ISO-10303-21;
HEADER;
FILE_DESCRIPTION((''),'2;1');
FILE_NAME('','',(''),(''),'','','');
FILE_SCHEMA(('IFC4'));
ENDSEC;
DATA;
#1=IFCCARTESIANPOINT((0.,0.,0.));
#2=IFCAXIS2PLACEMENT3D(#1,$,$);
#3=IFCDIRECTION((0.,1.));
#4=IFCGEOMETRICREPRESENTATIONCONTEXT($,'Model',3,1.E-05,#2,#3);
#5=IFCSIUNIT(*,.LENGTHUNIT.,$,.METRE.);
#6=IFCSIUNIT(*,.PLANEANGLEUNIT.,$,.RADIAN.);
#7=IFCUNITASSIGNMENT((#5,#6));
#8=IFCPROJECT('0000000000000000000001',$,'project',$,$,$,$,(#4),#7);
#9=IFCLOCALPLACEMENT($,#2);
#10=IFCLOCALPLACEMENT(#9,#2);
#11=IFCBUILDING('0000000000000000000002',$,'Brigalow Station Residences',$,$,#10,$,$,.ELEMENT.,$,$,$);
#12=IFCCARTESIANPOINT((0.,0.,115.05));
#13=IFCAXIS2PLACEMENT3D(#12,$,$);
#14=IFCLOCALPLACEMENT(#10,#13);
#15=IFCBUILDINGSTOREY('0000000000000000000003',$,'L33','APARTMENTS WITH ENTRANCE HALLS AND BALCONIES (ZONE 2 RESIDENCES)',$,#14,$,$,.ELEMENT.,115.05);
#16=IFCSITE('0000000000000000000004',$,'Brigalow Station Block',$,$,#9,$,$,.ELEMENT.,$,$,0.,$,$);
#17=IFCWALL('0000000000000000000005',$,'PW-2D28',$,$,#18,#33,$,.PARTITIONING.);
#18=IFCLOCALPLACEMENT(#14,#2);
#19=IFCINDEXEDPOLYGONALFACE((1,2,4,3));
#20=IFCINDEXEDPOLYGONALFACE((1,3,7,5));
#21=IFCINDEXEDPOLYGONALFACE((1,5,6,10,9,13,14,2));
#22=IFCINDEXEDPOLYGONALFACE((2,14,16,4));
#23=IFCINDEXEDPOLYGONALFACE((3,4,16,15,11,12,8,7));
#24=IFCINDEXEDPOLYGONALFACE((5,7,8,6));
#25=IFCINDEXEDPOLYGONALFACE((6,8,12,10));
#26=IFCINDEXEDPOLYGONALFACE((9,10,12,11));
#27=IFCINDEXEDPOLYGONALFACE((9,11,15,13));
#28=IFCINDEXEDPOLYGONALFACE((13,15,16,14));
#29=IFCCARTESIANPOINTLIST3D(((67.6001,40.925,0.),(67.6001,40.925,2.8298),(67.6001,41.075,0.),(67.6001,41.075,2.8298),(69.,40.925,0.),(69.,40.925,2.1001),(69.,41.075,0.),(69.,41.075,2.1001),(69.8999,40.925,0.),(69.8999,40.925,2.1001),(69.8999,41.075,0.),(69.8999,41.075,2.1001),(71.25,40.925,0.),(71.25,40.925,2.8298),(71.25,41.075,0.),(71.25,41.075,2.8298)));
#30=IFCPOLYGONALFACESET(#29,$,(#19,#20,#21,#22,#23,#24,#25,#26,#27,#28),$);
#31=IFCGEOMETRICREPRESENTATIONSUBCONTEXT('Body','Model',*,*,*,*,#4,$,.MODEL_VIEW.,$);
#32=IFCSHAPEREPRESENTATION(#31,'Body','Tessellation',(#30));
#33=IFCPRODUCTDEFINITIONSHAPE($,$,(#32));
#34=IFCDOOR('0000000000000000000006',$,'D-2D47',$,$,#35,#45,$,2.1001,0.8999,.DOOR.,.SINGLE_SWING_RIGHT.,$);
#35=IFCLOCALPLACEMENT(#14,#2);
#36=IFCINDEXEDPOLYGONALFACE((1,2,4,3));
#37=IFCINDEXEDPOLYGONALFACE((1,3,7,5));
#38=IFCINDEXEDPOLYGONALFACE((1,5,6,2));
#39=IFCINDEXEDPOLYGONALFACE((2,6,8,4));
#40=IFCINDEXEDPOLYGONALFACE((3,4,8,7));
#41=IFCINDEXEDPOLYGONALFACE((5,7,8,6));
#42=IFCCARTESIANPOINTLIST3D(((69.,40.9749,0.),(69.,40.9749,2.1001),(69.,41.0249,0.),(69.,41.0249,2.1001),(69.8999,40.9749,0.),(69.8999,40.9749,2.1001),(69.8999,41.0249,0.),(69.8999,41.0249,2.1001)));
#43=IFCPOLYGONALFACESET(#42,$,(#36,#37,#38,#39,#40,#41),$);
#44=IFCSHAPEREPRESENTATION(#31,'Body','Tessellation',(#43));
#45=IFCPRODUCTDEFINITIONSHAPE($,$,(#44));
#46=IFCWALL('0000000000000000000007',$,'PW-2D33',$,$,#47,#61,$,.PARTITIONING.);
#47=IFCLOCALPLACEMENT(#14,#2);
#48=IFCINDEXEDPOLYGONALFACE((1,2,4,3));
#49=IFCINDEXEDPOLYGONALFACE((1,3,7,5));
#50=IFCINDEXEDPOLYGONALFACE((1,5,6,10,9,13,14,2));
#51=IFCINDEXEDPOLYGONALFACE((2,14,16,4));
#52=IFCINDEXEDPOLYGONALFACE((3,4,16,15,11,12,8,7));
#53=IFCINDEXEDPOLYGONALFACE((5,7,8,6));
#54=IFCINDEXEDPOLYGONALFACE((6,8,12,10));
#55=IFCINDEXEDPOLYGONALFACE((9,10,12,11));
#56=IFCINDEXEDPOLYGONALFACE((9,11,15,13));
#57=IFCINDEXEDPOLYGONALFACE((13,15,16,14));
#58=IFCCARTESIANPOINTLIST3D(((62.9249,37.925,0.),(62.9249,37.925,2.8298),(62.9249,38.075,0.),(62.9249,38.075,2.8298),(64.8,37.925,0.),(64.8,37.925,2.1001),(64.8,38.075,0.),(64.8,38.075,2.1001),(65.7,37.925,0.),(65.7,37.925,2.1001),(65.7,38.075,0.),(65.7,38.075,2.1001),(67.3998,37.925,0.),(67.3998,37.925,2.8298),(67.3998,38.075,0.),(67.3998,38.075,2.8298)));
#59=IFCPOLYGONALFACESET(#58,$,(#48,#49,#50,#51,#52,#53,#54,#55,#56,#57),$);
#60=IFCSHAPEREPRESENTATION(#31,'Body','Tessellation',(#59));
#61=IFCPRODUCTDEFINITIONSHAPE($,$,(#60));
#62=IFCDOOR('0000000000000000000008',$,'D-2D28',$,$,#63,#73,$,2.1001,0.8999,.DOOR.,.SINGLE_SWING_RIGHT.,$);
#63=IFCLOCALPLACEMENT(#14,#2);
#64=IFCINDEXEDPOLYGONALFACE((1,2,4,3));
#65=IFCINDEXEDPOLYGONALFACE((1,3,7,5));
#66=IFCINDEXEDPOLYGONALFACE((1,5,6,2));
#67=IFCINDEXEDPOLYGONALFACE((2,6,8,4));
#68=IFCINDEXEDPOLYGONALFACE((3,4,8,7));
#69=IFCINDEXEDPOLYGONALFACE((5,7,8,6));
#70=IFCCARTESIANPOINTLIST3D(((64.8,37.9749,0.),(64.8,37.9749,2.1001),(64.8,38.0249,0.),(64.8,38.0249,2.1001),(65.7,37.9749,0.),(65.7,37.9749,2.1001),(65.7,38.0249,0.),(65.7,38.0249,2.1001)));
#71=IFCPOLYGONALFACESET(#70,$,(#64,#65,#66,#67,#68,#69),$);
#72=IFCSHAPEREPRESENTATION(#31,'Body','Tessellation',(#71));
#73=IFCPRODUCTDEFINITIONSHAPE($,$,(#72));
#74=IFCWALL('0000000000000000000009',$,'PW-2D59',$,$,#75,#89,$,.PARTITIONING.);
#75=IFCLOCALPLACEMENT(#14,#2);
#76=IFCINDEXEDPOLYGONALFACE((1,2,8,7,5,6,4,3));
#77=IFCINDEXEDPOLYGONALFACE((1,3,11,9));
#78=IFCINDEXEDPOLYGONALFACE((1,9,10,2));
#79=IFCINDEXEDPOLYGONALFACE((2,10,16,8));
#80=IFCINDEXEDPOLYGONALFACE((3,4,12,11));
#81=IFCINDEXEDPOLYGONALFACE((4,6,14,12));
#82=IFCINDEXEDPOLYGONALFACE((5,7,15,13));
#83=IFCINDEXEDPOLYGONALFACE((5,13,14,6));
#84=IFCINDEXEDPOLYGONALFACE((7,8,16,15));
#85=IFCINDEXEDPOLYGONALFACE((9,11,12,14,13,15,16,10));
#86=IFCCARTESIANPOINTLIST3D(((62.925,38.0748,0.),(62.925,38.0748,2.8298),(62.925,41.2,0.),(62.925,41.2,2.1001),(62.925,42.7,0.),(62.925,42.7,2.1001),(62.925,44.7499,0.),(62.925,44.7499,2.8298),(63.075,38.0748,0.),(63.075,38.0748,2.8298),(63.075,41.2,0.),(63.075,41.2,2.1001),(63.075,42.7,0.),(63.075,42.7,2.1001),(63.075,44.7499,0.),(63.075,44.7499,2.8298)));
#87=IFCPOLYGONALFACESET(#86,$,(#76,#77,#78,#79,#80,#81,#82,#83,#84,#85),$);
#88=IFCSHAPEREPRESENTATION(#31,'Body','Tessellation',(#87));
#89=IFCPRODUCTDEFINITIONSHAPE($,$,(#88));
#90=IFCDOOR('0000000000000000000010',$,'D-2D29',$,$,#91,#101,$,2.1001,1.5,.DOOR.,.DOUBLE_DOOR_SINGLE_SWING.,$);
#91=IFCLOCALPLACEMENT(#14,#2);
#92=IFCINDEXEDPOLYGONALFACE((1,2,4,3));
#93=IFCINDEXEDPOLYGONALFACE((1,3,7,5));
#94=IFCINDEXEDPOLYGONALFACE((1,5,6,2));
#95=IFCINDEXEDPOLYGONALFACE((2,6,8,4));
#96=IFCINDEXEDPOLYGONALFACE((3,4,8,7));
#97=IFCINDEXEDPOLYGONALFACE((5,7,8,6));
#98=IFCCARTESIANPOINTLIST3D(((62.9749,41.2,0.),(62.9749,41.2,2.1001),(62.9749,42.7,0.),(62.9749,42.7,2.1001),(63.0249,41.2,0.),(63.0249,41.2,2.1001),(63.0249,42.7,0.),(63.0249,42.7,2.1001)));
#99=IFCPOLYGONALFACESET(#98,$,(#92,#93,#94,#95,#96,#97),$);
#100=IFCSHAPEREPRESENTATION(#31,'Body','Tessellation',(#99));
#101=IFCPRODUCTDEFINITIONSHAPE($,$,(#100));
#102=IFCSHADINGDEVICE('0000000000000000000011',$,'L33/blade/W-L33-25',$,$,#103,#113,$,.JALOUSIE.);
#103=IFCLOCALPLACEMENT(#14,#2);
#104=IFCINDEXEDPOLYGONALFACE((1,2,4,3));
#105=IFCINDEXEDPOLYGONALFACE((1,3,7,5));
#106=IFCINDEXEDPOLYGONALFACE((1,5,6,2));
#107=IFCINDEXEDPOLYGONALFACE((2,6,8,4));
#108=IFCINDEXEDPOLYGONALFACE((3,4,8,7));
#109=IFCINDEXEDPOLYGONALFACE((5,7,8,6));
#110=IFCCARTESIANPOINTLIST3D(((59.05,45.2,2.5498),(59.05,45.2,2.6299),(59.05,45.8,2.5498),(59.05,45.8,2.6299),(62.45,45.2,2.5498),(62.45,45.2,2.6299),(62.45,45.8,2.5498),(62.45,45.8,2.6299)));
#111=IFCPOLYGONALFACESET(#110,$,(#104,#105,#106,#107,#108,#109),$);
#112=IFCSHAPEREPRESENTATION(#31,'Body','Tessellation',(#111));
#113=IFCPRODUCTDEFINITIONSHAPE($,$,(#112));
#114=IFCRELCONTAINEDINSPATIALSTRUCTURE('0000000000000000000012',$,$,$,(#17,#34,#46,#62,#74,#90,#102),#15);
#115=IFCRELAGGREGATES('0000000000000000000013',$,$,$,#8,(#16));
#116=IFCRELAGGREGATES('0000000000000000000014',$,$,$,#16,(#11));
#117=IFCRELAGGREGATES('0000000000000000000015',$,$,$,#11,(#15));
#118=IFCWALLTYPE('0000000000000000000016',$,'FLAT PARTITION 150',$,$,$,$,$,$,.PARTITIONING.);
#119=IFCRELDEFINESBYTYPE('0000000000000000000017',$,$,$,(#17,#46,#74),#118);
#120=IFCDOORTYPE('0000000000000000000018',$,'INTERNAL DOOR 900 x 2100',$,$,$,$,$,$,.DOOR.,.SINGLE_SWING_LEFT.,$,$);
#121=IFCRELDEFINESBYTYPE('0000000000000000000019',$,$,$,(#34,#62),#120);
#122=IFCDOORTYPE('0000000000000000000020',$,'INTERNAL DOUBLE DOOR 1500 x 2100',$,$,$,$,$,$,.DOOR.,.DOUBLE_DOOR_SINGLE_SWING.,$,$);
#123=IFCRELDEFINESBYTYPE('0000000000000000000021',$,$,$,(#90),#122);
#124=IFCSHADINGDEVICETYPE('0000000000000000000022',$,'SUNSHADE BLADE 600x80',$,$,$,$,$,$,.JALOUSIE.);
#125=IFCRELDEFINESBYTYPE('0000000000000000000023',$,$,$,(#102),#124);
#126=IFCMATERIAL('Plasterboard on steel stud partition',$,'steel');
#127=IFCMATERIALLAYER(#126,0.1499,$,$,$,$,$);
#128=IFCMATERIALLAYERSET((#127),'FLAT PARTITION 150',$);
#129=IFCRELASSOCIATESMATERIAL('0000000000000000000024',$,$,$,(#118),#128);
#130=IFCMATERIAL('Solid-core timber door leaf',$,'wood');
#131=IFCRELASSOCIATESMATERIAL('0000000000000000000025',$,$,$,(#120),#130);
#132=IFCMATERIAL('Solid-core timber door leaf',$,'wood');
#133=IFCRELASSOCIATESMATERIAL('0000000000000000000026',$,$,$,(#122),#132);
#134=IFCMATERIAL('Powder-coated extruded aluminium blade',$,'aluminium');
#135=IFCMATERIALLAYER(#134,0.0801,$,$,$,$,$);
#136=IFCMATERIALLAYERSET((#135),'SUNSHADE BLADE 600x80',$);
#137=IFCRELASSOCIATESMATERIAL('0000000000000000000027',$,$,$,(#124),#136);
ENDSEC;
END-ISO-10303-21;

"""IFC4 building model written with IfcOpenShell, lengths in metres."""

from ifc_helpers import new_model, si_unit, direction, frame, frame_2d, origin, origin_2d, place, context, subcontext, project, spatial, rectangle, extrude, material, layer, layer_set, type_object, element, fill, save


model = new_model("IFC4")

# Units and contexts
model_context = context("Model", 3, precision=1e-05, world=origin(), true_north=direction((0.0, 1.0)))
body_context = subcontext(model_context, "Body", "Model", "MODEL_VIEW")
ifc_project = project(units=[si_unit("LENGTHUNIT", "METRE"), si_unit("PLANEANGLEUNIT", "RADIAN")], contexts=[model_context])

# Site, building, storey
site_placement = place(None, origin())
site = spatial("IfcSite", under=ifc_project, at=site_placement, Name="Brigalow Station Block", CompositionType="ELEMENT", RefElevation=0.0)
building_placement = place(site_placement, origin())
building = spatial("IfcBuilding", under=site, at=building_placement, Name="Brigalow Station Residences", CompositionType="ELEMENT")
storey_placement = place(building_placement, frame((0.0, 0.0, 115.05)))
storey = spatial("IfcBuildingStorey", under=building, at=storey_placement, Name="L33", Description="APARTMENTS WITH ENTRANCE HALLS AND BALCONIES (ZONE 2 RESIDENCES)", CompositionType="ELEMENT", Elevation=115.05)

# Walls, openings, doors
ifc_material_1 = material(Name="Plasterboard on steel stud partition", Category="steel")
ifc_layer_1 = layer(ifc_material_1, 0.1499)
ifc_layer_set_1 = layer_set([ifc_layer_1], Name="FLAT PARTITION 150")
wall_type_1 = type_object("IfcWallType", Name="FLAT PARTITION 150", PredefinedType="PARTITIONING", material=ifc_layer_set_1)
wall_1_placement = place(storey_placement, frame((67.6001, 41.0, 0.0), z_axis=(0.0, 0.0, 1.0), x_axis=(1.0, 0.0, 0.0)))
wall_1 = element("IfcWall", 1, at=wall_1_placement, inside=storey, type_object=wall_type_1, Name="PW-2D28", PredefinedType="PARTITIONING", context=body_context, shape_type="SweptSolid", body=[
    extrude(rectangle(XDim=3.6499, YDim=0.1499, at=frame_2d((1.825, 0.0))), origin(), (0.0, 0.0, 1.0), 2.8298),
])
opening_1_placement = place(wall_1_placement, frame((1.3999, 0.0, 0.0)))
opening_1 = element("IfcOpeningElement", 2, at=opening_1_placement, cuts=wall_1, PredefinedType="OPENING", context=body_context, shape_type="SweptSolid", body=[
    extrude(rectangle(XDim=0.8999, YDim=2.1001, at=frame_2d((0.45, 1.05))), frame((0.0, 0.085, 0.0), z_axis=(0.0, -1.0, 0.0), x_axis=(1.0, 0.0, 0.0)), (0.0, 0.0, 1.0), 0.1699),
])
ifc_material_2 = material(Name="Solid-core timber door leaf", Category="wood")
door_type_1 = type_object("IfcDoorType", Name="INTERNAL DOOR 900 x 2100", OperationType="SINGLE_SWING_LEFT", PredefinedType="DOOR", material=ifc_material_2)
door_1_placement = place(opening_1_placement, origin())
door_1 = element("IfcDoor", 3, at=door_1_placement, inside=storey, type_object=door_type_1, Name="D-2D47", OperationType="SINGLE_SWING_RIGHT", OverallHeight=2.1001, OverallWidth=0.8999, PredefinedType="DOOR", context=body_context, shape_type="SweptSolid", body=[
    extrude(rectangle(XDim=0.8999, YDim=2.1001, at=frame_2d((0.45, 1.05))), frame((0.0, 0.0249, 0.0), z_axis=(0.0, -1.0, 0.0), x_axis=(1.0, 0.0, 0.0)), (0.0, 0.0, 1.0), 0.05),
])
fill(opening_1, door_1)
wall_2_placement = place(storey_placement, frame((62.925, 38.0, 0.0), z_axis=(0.0, 0.0, 1.0), x_axis=(1.0, 0.0, 0.0)))
wall_2 = element("IfcWall", 4, at=wall_2_placement, inside=storey, type_object=wall_type_1, Name="PW-2D33", PredefinedType="PARTITIONING", context=body_context, shape_type="SweptSolid", body=[
    extrude(rectangle(XDim=4.4749, YDim=0.1499, at=frame_2d((2.2373, 0.0))), origin(), (0.0, 0.0, 1.0), 2.8298),
])
opening_2_placement = place(wall_2_placement, frame((1.875, 0.0, 0.0)))
opening_2 = element("IfcOpeningElement", 5, at=opening_2_placement, cuts=wall_2, PredefinedType="OPENING", context=body_context, shape_type="SweptSolid", body=[
    extrude(rectangle(XDim=0.8999, YDim=2.1001, at=frame_2d((0.45, 1.05))), frame((0.0, 0.085, 0.0), z_axis=(0.0, -1.0, 0.0), x_axis=(1.0, 0.0, 0.0)), (0.0, 0.0, 1.0), 0.1699),
])
door_2_placement = place(opening_2_placement, origin())
door_2 = element("IfcDoor", 6, at=door_2_placement, inside=storey, type_object=door_type_1, Name="D-2D28", OperationType="SINGLE_SWING_RIGHT", OverallHeight=2.1001, OverallWidth=0.8999, PredefinedType="DOOR", context=body_context, shape_type="SweptSolid", body=[
    extrude(rectangle(XDim=0.8999, YDim=2.1001, at=frame_2d((0.45, 1.05))), frame((0.0, 0.0249, 0.0), z_axis=(0.0, -1.0, 0.0), x_axis=(1.0, 0.0, 0.0)), (0.0, 0.0, 1.0), 0.05),
])
fill(opening_2, door_2)
wall_3_placement = place(storey_placement, frame((63.0, 38.075, 0.0), z_axis=(0.0, 0.0, 1.0), x_axis=(0.0, 1.0, 0.0)))
wall_3 = element("IfcWall", 7, at=wall_3_placement, inside=storey, type_object=wall_type_1, Name="PW-2D59", PredefinedType="PARTITIONING", context=body_context, shape_type="SweptSolid", body=[
    extrude(rectangle(XDim=6.675, YDim=0.1499, at=frame_2d((3.3374, 0.0))), origin(), (0.0, 0.0, 1.0), 2.8298),
])
opening_3_placement = place(wall_3_placement, frame((3.125, 0.0, 0.0)))
opening_3 = element("IfcOpeningElement", 8, at=opening_3_placement, cuts=wall_3, PredefinedType="OPENING", context=body_context, shape_type="SweptSolid", body=[
    extrude(rectangle(XDim=1.5, YDim=2.1001, at=frame_2d((0.75, 1.05))), frame((0.0, 0.085, 0.0), z_axis=(0.0, -1.0, 0.0), x_axis=(1.0, 0.0, 0.0)), (0.0, 0.0, 1.0), 0.1699),
])
ifc_material_3 = material(Name="Solid-core timber door leaf", Category="wood")
door_type_2 = type_object("IfcDoorType", Name="INTERNAL DOUBLE DOOR 1500 x 2100", OperationType="DOUBLE_DOOR_SINGLE_SWING", PredefinedType="DOOR", material=ifc_material_3)
door_3_placement = place(opening_3_placement, frame((1.5, 0.0, 0.0), z_axis=(0.0, 0.0, 1.0), x_axis=(-1.0, 0.0, 0.0)))
door_3 = element("IfcDoor", 9, at=door_3_placement, inside=storey, type_object=door_type_2, Name="D-2D29", OperationType="DOUBLE_DOOR_SINGLE_SWING", OverallHeight=2.1001, OverallWidth=1.5, PredefinedType="DOOR", context=body_context, shape_type="SweptSolid", body=[
    extrude(rectangle(XDim=1.5, YDim=2.1001, at=frame_2d((0.75, 1.05))), frame((0.0, 0.0249, 0.0), z_axis=(0.0, -1.0, 0.0), x_axis=(1.0, 0.0, 0.0)), (0.0, 0.0, 1.0), 0.05),
])
fill(opening_3, door_3)

# Shading device
ifc_material_4 = material(Name="Powder-coated extruded aluminium blade", Category="aluminium")
ifc_layer_2 = layer(ifc_material_4, 0.0801)
ifc_layer_set_2 = layer_set([ifc_layer_2], Name="SUNSHADE BLADE 600x80")
shading_device_type = type_object("IfcShadingDeviceType", Name="SUNSHADE BLADE 600x80", PredefinedType="JALOUSIE", material=ifc_layer_set_2)
shading_device_placement = place(storey_placement, frame((60.75, 45.5, 2.5498), z_axis=(0.0, 0.0, 1.0), x_axis=(-1.0, 0.0, 0.0)))
element("IfcShadingDevice", 10, at=shading_device_placement, inside=storey, type_object=shading_device_type, Name="L33/blade/W-L33-25", PredefinedType="JALOUSIE", context=body_context, shape_type="SweptSolid", body=[
    extrude(rectangle(XDim=3.3999, YDim=0.6001, at=origin_2d()), origin(), (0.0, 0.0, 1.0), 0.0801),
])

save(model, "model.ifc")
